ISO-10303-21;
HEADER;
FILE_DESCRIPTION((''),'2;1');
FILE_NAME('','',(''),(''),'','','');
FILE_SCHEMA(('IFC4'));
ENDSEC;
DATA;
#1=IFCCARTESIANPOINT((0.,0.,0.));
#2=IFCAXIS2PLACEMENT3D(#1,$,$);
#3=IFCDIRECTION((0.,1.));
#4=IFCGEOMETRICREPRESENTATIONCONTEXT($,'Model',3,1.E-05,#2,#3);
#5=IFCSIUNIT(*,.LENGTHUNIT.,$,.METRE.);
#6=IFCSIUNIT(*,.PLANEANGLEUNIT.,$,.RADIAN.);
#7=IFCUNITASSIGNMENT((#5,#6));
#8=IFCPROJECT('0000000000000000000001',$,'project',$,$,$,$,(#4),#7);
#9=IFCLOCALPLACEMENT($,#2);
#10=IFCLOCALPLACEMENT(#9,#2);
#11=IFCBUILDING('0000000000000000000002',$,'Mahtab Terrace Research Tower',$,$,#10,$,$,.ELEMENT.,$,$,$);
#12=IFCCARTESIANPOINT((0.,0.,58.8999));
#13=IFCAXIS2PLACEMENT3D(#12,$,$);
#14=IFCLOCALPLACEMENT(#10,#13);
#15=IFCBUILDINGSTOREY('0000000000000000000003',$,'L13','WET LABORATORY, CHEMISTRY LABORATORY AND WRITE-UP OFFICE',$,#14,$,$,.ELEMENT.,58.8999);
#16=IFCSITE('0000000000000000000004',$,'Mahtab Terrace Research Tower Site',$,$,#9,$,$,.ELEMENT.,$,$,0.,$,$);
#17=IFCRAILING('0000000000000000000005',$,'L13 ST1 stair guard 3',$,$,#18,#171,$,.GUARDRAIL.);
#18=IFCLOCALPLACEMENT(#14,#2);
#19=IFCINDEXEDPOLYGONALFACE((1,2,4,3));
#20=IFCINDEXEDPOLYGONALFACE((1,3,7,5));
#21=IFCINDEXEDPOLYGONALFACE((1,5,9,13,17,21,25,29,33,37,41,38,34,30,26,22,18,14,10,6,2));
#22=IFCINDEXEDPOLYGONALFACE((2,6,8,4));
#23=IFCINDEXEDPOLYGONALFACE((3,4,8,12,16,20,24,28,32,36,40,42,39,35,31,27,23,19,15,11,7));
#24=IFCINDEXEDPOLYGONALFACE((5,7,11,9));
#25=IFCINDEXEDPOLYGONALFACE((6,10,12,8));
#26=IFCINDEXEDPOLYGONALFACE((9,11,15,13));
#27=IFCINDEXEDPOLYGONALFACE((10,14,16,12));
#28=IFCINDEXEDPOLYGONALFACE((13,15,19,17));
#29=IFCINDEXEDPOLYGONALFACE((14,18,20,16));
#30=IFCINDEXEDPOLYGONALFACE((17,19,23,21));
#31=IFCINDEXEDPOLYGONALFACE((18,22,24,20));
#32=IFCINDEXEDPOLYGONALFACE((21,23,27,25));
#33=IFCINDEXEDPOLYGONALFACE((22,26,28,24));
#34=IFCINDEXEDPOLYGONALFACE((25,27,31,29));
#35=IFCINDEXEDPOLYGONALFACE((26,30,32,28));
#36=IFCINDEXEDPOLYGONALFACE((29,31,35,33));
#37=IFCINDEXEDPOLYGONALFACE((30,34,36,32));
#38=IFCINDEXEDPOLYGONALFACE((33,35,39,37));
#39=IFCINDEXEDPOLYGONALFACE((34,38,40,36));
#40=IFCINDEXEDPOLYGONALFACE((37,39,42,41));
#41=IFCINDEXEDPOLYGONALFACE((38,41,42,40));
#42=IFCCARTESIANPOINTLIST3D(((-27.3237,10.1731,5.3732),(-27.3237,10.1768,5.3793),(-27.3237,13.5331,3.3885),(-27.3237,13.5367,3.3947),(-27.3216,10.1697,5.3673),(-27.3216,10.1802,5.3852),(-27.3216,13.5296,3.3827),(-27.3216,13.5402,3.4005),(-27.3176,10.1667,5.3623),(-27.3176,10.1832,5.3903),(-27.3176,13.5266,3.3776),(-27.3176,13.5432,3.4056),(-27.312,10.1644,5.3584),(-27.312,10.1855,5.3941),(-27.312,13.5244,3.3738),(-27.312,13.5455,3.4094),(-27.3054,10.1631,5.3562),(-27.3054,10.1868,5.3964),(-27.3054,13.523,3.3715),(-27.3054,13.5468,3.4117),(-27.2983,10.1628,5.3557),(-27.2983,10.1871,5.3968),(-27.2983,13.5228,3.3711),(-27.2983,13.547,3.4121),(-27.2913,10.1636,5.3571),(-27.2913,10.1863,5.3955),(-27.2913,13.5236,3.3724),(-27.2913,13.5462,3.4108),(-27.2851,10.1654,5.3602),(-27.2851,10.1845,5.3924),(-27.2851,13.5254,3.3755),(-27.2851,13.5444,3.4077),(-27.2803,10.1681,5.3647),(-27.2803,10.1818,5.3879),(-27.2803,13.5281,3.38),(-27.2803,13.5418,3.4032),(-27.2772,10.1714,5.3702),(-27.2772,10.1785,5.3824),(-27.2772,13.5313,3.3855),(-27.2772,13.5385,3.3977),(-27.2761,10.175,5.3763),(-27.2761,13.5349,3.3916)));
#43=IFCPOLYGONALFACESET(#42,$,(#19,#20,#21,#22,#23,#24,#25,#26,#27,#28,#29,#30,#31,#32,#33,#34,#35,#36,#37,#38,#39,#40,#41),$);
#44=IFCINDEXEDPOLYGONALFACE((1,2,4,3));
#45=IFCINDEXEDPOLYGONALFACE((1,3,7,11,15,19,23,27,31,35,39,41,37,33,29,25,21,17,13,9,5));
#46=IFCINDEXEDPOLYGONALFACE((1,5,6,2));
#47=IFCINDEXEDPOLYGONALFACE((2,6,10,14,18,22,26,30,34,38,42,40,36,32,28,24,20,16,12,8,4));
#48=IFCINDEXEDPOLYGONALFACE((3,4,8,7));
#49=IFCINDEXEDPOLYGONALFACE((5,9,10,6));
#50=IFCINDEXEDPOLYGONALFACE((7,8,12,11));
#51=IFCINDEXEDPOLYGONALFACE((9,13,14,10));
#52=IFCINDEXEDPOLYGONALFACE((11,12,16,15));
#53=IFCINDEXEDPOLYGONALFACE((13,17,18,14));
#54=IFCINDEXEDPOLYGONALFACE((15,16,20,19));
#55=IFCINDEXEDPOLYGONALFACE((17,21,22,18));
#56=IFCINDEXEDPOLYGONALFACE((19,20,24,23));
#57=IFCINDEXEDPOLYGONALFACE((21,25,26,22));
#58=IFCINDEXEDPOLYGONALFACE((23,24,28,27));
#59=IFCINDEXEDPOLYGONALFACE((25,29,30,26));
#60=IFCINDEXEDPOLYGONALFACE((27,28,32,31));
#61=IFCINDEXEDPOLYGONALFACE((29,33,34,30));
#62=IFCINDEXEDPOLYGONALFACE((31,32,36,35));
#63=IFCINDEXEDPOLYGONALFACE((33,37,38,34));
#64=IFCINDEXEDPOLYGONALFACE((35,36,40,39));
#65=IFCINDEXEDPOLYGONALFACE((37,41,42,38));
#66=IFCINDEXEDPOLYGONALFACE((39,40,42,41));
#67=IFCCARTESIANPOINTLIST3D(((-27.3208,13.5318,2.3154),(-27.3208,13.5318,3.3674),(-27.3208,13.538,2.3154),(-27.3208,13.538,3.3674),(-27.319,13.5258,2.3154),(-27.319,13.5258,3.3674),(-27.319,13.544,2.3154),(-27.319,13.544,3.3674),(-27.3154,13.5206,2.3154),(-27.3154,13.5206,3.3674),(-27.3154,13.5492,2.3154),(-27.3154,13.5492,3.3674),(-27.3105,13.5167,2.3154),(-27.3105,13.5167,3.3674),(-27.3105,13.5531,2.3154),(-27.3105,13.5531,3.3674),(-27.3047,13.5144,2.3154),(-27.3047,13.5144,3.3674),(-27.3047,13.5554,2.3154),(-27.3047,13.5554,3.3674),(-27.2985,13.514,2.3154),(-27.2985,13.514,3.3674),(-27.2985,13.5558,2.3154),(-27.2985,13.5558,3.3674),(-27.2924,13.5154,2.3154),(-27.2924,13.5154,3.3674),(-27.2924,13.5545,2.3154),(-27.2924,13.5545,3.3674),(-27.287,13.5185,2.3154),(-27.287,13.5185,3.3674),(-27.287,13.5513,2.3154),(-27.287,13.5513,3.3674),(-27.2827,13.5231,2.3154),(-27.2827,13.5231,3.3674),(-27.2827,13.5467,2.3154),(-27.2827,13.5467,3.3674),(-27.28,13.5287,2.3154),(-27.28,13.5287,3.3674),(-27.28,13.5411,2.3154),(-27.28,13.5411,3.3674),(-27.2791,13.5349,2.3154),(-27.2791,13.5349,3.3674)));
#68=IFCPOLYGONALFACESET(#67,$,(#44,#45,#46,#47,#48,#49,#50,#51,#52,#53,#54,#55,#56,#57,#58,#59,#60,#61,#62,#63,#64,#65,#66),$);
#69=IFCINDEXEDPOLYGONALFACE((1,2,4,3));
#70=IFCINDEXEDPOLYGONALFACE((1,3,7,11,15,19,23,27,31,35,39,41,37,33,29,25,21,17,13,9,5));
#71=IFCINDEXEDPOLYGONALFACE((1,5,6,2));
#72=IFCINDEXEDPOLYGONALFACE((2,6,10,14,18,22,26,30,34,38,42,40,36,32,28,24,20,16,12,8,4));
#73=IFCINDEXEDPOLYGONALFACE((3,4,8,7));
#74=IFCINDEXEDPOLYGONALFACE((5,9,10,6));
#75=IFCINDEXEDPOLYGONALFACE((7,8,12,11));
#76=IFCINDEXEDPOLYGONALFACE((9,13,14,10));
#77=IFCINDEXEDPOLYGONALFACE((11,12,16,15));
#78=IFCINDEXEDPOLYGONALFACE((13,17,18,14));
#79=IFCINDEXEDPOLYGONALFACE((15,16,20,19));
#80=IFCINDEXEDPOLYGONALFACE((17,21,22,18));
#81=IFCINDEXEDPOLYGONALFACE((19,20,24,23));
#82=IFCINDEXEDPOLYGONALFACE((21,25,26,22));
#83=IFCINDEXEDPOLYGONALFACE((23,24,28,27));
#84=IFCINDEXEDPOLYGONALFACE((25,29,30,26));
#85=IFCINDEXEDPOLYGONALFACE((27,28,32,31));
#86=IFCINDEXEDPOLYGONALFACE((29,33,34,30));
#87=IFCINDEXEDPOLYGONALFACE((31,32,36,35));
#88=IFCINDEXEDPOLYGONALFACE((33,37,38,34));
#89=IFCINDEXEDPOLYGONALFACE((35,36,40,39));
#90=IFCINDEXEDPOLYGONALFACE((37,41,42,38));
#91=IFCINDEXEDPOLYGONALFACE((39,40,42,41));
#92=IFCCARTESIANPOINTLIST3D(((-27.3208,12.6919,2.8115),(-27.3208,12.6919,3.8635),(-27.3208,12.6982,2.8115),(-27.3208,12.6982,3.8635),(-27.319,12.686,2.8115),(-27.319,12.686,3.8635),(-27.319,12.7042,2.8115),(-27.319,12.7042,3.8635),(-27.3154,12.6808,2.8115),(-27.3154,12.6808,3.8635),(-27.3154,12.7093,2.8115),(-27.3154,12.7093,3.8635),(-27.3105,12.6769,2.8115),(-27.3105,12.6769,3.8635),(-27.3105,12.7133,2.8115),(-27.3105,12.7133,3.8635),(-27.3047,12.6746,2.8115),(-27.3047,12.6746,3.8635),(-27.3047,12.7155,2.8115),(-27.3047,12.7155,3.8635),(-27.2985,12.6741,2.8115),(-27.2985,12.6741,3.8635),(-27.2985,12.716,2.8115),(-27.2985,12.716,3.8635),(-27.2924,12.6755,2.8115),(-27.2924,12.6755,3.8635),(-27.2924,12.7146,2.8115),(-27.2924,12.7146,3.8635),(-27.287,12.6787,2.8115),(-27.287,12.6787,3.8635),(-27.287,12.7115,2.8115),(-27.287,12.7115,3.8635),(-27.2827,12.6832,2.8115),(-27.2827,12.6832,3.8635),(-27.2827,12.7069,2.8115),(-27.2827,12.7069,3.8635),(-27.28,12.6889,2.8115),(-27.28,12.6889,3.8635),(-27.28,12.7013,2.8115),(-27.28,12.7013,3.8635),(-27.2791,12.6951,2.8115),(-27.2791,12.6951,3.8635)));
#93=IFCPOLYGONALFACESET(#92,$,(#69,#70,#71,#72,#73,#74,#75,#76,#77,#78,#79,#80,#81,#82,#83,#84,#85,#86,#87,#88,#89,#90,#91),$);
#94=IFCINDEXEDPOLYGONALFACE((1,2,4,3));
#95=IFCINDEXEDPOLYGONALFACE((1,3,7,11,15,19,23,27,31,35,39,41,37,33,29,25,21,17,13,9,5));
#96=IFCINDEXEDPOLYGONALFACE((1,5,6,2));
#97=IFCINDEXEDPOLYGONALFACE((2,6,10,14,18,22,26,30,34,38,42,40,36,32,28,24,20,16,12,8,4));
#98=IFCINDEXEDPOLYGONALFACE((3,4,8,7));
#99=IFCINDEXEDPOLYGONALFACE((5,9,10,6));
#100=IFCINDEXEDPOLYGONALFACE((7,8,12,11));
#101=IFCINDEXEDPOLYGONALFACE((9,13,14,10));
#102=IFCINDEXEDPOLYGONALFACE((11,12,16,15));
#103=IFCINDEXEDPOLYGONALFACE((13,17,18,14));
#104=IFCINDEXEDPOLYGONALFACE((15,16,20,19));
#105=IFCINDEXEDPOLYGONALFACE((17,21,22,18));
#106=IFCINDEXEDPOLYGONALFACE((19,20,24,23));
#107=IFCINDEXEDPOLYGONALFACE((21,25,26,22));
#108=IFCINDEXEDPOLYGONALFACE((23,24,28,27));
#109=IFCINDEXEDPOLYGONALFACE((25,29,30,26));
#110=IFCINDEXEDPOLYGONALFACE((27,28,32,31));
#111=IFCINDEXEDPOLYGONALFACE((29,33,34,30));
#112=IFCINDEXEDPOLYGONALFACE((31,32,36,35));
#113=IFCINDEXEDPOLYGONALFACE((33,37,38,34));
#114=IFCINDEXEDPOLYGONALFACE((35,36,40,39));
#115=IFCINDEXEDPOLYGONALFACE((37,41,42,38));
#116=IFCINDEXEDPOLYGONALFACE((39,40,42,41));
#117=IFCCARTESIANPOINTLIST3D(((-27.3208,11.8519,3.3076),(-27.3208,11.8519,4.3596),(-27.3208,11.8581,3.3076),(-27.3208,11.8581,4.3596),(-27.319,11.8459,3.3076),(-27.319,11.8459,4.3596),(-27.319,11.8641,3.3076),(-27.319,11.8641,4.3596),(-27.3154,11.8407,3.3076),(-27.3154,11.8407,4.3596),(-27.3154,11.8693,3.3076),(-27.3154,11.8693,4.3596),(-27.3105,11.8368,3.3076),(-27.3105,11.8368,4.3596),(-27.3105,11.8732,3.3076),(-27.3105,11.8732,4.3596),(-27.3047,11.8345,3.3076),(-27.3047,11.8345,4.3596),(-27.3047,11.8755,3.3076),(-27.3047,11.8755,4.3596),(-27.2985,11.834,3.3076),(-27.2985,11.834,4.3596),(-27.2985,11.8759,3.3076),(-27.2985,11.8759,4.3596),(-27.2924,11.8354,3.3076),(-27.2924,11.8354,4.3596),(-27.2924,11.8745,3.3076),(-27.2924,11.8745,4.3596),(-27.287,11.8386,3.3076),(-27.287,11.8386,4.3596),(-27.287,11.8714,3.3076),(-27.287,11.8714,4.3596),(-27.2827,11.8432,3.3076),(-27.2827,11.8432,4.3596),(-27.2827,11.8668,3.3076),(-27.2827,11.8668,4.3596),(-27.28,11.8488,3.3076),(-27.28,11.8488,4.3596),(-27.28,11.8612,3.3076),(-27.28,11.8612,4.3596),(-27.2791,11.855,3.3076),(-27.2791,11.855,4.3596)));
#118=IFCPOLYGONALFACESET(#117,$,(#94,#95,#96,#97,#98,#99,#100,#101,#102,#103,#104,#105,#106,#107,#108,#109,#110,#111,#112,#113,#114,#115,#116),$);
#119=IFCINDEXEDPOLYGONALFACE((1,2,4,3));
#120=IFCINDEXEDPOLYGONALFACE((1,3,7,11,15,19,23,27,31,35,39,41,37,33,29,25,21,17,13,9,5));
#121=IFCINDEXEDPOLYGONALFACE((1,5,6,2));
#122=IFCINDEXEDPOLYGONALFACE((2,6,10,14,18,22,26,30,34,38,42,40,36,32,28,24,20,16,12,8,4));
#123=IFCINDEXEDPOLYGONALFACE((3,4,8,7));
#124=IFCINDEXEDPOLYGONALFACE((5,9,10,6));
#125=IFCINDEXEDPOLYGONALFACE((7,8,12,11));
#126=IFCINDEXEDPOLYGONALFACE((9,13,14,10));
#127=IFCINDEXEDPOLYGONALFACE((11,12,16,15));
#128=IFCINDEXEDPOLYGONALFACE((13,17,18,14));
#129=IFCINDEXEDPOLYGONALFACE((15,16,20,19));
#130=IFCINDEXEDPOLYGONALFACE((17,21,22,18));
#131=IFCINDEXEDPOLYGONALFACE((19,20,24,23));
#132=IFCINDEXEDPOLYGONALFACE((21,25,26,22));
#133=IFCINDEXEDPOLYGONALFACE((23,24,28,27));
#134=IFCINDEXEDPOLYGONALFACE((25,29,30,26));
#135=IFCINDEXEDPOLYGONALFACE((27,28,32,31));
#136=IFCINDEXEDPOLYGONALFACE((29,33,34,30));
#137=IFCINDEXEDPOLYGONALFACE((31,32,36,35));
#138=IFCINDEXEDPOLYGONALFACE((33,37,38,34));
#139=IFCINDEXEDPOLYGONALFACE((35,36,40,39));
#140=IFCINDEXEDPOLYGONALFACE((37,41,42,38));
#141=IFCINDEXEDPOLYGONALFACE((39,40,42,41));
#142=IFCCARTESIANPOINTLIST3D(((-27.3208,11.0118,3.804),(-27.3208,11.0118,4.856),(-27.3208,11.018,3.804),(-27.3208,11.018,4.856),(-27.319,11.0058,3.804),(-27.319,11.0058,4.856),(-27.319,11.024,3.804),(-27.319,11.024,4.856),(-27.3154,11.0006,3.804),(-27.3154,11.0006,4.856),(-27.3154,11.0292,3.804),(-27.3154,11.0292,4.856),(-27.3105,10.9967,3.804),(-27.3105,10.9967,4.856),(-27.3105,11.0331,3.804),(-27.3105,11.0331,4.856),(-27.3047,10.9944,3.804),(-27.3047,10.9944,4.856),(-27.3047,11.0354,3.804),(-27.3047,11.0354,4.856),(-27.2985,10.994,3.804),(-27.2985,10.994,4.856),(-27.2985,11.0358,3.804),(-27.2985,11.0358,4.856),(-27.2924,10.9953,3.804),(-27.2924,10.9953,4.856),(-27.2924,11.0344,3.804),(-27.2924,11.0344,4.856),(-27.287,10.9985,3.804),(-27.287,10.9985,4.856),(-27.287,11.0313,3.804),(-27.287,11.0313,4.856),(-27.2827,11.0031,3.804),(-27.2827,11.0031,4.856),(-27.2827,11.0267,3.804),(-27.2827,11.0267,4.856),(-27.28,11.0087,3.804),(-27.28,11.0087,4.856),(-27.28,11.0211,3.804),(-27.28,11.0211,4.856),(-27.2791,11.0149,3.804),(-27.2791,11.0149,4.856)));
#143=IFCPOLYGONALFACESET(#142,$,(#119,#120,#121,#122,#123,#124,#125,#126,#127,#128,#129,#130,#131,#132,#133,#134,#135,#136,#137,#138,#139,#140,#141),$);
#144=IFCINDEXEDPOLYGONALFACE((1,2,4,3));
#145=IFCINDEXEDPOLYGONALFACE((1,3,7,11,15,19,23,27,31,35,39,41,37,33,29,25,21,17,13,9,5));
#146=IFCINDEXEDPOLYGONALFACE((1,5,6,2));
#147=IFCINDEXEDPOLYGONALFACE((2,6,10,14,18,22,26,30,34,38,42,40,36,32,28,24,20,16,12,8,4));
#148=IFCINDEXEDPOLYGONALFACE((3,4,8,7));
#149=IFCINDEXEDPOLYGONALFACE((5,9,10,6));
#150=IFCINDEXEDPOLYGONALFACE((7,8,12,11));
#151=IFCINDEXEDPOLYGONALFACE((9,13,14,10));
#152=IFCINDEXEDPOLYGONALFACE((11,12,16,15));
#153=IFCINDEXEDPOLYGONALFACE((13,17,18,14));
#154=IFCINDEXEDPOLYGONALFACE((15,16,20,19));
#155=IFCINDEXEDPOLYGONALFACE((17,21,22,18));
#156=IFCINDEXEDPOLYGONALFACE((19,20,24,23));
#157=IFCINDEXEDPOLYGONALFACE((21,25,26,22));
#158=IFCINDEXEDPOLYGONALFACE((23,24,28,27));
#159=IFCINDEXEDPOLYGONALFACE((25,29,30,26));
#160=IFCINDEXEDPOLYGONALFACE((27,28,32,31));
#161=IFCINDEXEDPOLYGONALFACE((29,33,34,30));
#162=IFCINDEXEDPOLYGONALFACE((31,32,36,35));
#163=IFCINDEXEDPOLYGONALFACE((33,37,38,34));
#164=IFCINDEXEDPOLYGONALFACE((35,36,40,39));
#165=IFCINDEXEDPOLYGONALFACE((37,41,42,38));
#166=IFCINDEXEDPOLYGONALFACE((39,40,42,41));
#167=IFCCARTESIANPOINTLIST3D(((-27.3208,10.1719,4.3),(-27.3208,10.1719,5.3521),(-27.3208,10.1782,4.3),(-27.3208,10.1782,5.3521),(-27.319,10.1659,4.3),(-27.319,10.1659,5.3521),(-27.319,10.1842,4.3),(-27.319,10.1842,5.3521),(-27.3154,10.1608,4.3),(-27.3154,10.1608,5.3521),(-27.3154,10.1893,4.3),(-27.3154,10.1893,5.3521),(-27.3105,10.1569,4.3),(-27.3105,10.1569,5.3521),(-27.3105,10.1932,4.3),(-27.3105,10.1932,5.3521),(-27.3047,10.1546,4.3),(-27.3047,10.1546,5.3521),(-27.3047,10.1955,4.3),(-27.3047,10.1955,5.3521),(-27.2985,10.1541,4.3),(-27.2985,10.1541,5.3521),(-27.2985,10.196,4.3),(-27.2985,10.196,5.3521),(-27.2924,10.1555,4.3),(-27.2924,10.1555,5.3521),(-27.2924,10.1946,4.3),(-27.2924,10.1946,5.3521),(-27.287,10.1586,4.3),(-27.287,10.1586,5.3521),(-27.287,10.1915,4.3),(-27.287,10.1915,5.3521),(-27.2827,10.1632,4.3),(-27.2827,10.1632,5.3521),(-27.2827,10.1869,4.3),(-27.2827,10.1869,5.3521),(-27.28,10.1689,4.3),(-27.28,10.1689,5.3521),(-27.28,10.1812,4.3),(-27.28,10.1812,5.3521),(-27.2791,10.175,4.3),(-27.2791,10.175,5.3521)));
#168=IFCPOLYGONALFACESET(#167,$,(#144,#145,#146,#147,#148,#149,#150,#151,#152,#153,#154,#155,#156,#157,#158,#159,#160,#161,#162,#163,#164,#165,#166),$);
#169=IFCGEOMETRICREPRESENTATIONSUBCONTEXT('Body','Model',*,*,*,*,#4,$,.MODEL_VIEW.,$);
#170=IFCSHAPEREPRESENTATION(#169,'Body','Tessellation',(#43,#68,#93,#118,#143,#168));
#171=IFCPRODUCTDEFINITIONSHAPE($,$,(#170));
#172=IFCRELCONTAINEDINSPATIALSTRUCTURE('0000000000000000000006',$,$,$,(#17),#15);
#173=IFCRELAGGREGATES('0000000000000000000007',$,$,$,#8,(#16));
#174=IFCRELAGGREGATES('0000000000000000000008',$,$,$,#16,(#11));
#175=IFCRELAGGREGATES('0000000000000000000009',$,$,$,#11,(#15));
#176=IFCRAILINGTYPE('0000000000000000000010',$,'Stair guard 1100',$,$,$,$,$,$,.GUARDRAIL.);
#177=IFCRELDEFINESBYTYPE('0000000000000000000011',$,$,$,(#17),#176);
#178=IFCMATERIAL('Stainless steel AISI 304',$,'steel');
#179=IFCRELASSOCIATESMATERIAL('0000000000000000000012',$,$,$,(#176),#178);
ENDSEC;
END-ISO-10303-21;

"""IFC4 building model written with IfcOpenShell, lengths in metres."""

from ifc_helpers import new_model, si_unit, direction, frame, origin, origin_2d, place, context, subcontext, project, spatial, circle, extrude, material, type_object, element, save


model = new_model("IFC4")

# Units and contexts
model_context = context("Model", 3, precision=1e-05, world=origin(), true_north=direction((0.0, 1.0)))
body_context = subcontext(model_context, "Body", "Model", "MODEL_VIEW")
ifc_project = project(units=[si_unit("LENGTHUNIT", "METRE"), si_unit("PLANEANGLEUNIT", "RADIAN")], contexts=[model_context])

# Site, building, storey
site_placement = place(None, origin())
site = spatial("IfcSite", under=ifc_project, at=site_placement, Name="Mahtab Terrace Research Tower Site", CompositionType="ELEMENT", RefElevation=0.0)
building_placement = place(site_placement, origin())
building = spatial("IfcBuilding", under=site, at=building_placement, Name="Mahtab Terrace Research Tower", CompositionType="ELEMENT")
storey_placement = place(building_placement, frame((0.0, 0.0, 58.8999)))
storey = spatial("IfcBuildingStorey", under=building, at=storey_placement, Name="L13", Description="WET LABORATORY, CHEMISTRY LABORATORY AND WRITE-UP OFFICE", CompositionType="ELEMENT", Elevation=58.8999)

# Railing
ifc_material_1 = material(Name="Stainless steel AISI 304", Category="steel")
railing_type_1 = type_object("IfcRailingType", Name="Stair guard 1100", PredefinedType="GUARDRAIL", material=ifc_material_1)
railing_1_placement = place(storey_placement, frame((-27.3, 13.5349, 2.3154)))
element("IfcRailing", 1, at=railing_1_placement, inside=storey, type_object=railing_type_1, Name="L13 ST1 stair guard 3", PredefinedType="GUARDRAIL", context=body_context, shape_type="SweptSolid", body=[
    extrude(circle(Radius=0.0239, at=origin_2d()), frame((0.0, 0.0, 1.0762), z_axis=(0.0, -0.861011, 0.508586), x_axis=(1.0, 0.0, 0.0)), (0.0, 0.0, 1.0), 3.9023),
    extrude(circle(Radius=0.021, at=origin_2d()), origin(), (0.0, 0.0, 1.0), 1.052),
    extrude(circle(Radius=0.021, at=origin_2d()), frame((0.0, -0.8398, 0.4961)), (0.0, 0.0, 1.0), 1.052),
    extrude(circle(Radius=0.021, at=origin_2d()), frame((0.0, -1.6799, 0.9922)), (0.0, 0.0, 1.0), 1.052),
    extrude(circle(Radius=0.021, at=origin_2d()), frame((0.0, -2.52, 1.4885)), (0.0, 0.0, 1.0), 1.052),
    extrude(circle(Radius=0.021, at=origin_2d()), frame((0.0, -3.3599, 1.9846)), (0.0, 0.0, 1.0), 1.052),
])

save(model, "model.ifc")
